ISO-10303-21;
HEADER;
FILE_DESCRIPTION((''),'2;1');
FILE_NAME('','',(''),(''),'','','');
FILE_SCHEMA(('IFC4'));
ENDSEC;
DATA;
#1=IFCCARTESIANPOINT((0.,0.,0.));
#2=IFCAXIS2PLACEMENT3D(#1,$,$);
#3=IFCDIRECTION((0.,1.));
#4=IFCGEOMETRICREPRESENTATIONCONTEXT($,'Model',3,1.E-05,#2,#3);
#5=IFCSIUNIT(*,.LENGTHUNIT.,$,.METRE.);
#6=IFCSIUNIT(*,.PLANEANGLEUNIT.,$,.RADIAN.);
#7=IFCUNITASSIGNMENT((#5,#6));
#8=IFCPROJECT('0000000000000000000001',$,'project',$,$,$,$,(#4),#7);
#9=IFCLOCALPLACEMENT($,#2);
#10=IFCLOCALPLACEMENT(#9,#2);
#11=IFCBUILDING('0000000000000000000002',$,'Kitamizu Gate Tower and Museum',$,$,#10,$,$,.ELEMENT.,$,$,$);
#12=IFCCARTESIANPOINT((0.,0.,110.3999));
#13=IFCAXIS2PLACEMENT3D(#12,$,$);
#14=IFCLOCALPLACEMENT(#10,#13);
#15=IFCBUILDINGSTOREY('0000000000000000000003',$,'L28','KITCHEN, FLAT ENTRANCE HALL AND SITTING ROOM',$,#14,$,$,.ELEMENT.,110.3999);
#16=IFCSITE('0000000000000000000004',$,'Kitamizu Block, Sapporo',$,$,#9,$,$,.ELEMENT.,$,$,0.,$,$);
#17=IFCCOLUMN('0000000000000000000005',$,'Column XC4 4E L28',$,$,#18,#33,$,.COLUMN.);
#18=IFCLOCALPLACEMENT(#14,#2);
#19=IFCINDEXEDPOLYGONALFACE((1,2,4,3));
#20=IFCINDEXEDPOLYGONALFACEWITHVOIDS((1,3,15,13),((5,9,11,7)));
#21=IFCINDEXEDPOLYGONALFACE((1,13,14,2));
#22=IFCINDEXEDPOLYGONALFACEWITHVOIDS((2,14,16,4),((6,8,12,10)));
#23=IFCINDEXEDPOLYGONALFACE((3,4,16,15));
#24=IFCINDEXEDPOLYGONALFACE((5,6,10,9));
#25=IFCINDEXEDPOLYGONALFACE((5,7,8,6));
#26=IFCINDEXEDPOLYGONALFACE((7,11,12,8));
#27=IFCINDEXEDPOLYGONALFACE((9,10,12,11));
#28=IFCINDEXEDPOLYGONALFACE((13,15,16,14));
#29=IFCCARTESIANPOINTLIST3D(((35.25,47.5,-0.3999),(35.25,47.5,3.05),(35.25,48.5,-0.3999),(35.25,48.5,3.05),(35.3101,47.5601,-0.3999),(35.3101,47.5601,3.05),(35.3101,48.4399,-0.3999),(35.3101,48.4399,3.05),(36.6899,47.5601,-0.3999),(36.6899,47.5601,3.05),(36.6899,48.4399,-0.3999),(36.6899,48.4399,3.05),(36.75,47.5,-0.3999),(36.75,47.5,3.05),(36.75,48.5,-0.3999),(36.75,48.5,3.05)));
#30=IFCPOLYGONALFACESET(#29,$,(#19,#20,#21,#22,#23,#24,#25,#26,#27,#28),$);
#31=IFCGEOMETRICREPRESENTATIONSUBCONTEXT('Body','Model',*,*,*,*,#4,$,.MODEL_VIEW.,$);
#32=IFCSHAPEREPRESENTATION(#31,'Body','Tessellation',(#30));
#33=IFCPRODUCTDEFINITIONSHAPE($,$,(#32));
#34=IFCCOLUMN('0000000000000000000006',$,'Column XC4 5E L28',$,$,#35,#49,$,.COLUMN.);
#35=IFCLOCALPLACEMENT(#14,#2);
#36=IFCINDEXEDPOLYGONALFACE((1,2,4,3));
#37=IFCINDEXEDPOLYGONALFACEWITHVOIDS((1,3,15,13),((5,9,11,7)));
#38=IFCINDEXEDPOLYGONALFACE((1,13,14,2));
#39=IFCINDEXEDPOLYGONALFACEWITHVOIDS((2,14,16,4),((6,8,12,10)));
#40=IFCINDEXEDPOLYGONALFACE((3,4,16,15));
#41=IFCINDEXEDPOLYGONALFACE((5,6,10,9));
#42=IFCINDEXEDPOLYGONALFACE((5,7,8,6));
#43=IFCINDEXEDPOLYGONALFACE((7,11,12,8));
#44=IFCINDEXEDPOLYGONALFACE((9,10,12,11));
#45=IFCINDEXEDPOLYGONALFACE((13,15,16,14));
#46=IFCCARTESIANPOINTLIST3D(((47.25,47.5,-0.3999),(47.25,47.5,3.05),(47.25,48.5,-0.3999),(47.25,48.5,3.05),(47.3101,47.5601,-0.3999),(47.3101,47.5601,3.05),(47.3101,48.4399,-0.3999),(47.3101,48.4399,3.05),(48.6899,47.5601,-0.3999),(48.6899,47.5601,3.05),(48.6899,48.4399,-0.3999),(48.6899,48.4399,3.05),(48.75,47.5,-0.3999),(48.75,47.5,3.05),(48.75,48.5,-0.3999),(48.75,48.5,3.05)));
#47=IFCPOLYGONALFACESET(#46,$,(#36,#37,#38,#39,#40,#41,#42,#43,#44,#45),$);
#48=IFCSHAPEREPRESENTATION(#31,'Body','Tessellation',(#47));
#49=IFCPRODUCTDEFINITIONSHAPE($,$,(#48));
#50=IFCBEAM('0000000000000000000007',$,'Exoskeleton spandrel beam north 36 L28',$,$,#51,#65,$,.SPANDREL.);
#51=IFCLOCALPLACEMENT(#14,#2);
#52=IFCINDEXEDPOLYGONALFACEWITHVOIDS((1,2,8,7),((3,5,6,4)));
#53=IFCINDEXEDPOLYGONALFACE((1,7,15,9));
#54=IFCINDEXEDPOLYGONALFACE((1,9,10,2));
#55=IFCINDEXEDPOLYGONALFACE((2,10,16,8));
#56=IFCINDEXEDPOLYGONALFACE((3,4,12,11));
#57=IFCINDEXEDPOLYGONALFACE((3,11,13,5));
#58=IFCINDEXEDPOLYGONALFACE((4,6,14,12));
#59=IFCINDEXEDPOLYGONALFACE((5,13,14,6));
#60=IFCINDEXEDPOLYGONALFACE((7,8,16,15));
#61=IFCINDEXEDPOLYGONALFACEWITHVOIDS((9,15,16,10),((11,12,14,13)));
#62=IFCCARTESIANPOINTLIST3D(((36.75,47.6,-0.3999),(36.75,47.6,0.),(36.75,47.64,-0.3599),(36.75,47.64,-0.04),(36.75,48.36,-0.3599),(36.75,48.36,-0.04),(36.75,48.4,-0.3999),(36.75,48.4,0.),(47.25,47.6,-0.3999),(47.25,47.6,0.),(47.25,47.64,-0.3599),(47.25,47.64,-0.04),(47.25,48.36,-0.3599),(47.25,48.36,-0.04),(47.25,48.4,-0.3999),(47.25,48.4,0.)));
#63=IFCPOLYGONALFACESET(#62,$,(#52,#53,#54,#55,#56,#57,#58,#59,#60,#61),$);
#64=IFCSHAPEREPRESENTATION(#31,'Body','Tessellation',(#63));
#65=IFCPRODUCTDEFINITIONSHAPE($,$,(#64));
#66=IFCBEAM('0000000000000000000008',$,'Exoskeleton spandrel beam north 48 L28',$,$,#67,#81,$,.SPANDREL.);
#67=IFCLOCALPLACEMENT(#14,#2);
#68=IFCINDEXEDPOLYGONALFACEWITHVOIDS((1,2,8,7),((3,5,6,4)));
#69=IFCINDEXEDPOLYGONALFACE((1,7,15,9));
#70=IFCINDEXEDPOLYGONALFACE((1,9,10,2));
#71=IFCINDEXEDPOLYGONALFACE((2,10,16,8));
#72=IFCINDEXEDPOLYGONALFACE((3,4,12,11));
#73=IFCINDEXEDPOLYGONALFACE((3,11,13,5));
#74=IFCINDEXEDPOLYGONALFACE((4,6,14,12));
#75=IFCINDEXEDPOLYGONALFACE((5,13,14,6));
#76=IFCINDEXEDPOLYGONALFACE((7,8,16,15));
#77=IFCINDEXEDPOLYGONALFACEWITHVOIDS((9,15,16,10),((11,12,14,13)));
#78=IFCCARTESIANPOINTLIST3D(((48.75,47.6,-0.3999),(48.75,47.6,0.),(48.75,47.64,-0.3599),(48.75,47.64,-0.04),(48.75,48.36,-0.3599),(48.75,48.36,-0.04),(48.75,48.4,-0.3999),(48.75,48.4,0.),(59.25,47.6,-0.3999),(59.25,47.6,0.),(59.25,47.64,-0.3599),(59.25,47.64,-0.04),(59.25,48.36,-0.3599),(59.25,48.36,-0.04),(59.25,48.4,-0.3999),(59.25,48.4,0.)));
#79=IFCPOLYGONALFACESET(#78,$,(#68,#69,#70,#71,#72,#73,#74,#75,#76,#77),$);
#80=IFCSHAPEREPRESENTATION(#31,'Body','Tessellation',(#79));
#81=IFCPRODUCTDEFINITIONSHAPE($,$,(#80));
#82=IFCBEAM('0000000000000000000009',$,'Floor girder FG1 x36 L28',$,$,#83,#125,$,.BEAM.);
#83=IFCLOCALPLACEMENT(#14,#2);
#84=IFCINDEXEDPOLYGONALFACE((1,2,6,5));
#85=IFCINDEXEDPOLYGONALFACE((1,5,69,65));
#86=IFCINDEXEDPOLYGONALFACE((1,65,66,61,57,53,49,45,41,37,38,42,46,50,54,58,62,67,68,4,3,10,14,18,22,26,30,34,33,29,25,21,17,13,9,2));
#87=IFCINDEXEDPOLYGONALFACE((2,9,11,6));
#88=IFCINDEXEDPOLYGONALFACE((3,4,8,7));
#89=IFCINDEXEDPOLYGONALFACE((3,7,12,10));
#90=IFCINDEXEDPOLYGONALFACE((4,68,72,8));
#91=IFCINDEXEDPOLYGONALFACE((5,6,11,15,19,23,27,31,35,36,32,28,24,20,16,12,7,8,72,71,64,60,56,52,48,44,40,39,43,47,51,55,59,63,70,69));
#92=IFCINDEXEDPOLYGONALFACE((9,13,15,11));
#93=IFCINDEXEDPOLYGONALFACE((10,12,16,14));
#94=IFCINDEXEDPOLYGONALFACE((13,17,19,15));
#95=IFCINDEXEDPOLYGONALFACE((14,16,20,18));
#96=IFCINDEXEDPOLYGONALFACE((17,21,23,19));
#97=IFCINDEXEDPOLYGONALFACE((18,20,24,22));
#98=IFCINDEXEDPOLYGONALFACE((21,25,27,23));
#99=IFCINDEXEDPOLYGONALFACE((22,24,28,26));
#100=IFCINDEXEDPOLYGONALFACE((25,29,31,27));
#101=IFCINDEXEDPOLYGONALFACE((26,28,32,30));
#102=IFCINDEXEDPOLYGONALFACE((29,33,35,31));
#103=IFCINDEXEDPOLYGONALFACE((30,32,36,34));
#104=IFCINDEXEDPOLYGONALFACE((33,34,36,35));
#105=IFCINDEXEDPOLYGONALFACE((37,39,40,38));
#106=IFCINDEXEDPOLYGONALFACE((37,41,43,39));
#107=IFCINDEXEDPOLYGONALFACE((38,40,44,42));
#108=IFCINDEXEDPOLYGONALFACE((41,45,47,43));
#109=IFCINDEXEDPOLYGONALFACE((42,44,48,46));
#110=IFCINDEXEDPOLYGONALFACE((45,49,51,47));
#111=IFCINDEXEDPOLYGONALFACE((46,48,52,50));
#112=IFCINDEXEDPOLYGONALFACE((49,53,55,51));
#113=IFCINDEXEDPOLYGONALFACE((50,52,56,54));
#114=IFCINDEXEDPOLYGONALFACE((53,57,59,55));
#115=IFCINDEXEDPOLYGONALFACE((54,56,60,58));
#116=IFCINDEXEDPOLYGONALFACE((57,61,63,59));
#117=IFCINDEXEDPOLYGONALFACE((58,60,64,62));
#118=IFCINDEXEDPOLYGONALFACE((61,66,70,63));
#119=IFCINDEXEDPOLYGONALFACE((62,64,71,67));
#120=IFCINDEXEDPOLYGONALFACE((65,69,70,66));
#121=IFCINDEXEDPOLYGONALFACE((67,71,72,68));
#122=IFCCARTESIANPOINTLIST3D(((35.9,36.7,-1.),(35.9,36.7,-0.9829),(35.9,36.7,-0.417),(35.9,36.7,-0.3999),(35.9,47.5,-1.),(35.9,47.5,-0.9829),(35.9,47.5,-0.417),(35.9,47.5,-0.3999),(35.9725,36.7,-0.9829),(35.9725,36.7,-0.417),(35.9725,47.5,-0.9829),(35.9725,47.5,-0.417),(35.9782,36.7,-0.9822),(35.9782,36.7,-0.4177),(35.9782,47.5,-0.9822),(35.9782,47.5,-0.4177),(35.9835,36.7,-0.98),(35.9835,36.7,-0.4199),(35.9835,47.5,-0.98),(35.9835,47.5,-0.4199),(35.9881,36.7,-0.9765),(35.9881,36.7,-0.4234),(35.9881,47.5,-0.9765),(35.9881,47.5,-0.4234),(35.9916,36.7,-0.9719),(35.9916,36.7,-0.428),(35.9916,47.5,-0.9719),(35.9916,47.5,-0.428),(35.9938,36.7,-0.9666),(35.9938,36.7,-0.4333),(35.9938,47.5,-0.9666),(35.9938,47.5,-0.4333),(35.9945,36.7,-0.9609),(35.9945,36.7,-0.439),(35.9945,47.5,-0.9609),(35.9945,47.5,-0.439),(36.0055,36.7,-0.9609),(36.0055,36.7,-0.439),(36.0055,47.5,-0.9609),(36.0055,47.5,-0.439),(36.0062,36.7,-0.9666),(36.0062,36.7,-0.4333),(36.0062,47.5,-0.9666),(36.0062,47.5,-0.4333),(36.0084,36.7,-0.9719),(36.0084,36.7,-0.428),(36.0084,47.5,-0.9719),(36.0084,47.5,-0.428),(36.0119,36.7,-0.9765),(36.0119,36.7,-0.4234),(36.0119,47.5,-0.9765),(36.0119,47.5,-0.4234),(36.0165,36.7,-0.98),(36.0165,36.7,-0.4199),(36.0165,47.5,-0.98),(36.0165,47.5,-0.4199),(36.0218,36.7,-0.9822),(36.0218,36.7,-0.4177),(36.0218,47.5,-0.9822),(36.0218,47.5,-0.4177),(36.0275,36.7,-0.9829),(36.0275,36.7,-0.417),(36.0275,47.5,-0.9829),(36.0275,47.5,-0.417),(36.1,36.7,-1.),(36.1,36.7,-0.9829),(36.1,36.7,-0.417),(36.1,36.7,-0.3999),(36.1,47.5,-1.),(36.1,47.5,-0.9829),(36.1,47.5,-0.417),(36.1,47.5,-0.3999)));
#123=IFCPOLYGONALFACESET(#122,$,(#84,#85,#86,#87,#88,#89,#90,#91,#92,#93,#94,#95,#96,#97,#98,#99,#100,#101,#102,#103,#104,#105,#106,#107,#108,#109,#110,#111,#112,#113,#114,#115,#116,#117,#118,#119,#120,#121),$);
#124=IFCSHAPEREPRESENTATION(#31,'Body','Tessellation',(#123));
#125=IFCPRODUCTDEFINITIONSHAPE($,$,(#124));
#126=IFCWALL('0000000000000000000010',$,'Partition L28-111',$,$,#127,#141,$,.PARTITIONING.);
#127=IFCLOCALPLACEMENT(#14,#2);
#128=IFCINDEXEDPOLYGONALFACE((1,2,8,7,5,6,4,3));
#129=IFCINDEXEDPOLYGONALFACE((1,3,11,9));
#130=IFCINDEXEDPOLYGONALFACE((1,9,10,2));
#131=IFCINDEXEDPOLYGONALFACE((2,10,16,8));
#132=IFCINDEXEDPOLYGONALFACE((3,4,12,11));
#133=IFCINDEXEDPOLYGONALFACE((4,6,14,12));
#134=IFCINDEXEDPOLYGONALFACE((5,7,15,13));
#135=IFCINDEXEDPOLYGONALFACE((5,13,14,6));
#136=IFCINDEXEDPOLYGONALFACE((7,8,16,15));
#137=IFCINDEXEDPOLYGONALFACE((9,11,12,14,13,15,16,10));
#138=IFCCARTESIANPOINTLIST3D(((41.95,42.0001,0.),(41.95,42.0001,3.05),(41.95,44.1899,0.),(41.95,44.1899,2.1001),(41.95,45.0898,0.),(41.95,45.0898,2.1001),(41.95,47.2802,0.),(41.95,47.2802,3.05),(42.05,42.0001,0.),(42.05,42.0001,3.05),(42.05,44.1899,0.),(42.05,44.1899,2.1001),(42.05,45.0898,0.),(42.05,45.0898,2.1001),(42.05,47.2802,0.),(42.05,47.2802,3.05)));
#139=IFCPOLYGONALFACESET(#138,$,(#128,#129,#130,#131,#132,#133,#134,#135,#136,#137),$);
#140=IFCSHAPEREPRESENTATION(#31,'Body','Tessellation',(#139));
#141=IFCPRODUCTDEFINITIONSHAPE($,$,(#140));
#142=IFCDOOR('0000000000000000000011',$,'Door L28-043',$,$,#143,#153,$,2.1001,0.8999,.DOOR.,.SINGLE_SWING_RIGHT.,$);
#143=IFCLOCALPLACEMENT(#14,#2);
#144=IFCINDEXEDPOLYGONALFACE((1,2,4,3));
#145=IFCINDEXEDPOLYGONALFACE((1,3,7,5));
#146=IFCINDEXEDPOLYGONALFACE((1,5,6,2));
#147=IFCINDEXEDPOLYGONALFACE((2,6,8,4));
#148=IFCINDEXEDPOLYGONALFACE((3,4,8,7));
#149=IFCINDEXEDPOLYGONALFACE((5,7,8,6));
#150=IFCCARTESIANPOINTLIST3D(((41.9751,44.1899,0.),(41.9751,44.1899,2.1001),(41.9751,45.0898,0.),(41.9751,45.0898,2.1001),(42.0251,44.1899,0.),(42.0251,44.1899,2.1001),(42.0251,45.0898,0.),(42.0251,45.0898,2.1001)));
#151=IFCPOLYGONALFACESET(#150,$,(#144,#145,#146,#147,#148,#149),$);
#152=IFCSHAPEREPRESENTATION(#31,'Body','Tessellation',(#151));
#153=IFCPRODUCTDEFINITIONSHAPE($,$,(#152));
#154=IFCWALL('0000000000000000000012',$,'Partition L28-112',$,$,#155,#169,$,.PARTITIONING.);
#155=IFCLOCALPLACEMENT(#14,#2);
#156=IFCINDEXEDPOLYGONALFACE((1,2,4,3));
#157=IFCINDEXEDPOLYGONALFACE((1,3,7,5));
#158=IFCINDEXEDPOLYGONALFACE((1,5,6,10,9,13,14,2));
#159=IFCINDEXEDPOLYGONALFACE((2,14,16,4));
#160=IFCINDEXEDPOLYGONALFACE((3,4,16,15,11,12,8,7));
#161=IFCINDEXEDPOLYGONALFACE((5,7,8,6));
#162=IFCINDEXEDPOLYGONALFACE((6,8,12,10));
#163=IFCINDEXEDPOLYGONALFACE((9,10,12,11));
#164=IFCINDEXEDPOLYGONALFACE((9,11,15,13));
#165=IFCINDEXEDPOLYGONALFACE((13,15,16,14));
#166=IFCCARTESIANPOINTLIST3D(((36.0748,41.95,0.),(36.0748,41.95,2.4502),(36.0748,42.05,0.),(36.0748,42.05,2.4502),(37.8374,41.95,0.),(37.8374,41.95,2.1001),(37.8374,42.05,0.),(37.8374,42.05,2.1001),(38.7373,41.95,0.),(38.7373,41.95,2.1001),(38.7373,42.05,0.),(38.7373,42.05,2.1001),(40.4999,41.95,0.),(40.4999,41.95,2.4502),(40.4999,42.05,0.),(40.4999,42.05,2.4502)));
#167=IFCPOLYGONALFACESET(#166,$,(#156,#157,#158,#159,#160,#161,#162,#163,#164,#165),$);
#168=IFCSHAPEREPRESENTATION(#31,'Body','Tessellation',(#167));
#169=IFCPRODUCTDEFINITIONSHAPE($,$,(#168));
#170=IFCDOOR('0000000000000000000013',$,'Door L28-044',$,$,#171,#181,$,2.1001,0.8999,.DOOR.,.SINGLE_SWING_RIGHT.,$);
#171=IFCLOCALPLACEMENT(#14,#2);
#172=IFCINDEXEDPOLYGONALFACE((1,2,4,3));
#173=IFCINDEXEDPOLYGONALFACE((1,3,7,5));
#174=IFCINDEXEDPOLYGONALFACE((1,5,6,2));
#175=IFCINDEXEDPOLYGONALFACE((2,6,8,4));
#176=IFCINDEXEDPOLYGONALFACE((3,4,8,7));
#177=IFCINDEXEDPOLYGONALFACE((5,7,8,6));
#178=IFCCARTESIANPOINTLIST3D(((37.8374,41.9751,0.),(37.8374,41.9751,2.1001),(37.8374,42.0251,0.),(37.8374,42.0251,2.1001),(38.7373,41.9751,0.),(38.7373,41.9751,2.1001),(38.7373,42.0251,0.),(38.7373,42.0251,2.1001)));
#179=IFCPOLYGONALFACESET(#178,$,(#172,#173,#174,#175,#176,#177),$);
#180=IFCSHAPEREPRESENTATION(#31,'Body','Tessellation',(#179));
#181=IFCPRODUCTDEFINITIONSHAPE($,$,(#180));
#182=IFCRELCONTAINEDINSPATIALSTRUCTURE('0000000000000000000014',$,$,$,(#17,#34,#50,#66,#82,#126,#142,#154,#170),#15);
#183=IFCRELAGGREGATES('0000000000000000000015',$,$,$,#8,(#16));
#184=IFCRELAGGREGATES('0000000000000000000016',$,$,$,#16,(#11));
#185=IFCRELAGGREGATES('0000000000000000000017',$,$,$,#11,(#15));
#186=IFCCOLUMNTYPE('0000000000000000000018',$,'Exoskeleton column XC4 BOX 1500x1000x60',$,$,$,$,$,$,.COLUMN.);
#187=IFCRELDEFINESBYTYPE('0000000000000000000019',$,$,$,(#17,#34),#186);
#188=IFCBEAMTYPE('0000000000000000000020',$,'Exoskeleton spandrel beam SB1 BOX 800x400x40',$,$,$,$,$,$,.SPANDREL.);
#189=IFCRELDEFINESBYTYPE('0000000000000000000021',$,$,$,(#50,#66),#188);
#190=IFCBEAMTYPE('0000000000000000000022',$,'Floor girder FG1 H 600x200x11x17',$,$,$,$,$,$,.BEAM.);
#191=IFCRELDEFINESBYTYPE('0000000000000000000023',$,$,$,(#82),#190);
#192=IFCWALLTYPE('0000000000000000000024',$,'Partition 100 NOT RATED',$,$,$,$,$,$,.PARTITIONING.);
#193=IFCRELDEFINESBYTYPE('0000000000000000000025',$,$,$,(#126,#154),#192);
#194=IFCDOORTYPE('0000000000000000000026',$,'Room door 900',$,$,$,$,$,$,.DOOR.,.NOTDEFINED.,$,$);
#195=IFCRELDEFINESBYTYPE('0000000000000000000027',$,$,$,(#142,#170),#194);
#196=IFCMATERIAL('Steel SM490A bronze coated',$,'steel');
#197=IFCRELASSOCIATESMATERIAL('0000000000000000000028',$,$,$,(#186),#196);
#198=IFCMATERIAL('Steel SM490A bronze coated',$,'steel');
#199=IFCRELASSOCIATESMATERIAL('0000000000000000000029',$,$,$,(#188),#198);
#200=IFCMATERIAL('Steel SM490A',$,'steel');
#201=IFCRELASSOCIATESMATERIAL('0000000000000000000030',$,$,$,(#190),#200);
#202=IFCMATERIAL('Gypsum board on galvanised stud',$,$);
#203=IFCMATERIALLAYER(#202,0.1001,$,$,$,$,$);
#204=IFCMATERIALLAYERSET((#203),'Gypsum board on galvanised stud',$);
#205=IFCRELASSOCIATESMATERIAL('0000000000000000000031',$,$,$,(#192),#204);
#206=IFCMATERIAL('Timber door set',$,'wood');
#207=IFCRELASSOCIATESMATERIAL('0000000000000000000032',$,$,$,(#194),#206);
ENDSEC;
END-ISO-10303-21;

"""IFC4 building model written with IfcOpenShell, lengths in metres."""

from ifc_helpers import new_model, si_unit, direction, frame, frame_2d, origin, origin_2d, place, context, subcontext, project, spatial, rectangle, hollow_rectangle, i_section, extrude, material, layer, layer_set, material_profile, profile_set, type_object, element, fill, save


model = new_model("IFC4")

# Units and contexts
model_context = context("Model", 3, precision=1e-05, world=origin(), true_north=direction((0.0, 1.0)))
body_context = subcontext(model_context, "Body", "Model", "MODEL_VIEW")
ifc_project = project(units=[si_unit("LENGTHUNIT", "METRE"), si_unit("PLANEANGLEUNIT", "RADIAN")], contexts=[model_context])

# Site, building, storey
site_placement = place(None, origin())
site = spatial("IfcSite", under=ifc_project, at=site_placement, Name="Kitamizu Block, Sapporo", CompositionType="ELEMENT", RefElevation=0.0)
building_placement = place(site_placement, origin())
building = spatial("IfcBuilding", under=site, at=building_placement, Name="Kitamizu Gate Tower and Museum", CompositionType="ELEMENT")
storey_placement = place(building_placement, frame((0.0, 0.0, 110.3999)))
storey = spatial("IfcBuildingStorey", under=building, at=storey_placement, Name="L28", Description="KITCHEN, FLAT ENTRANCE HALL AND SITTING ROOM", CompositionType="ELEMENT", Elevation=110.3999)

# Columns
ifc_material_1 = material(Name="Steel SM490A bronze coated", Category="steel")
ifc_material_profile_1 = material_profile(ifc_material_1, hollow_rectangle(XDim=1.5, YDim=1.0, WallThickness=0.0601, at=origin_2d()), Name="BOX 1500x1000x60")
ifc_profile_set_1 = profile_set([ifc_material_profile_1], Name="Steel SM490A bronze coated")
column_type = type_object("IfcColumnType", Name="Exoskeleton column XC4 BOX 1500x1000x60", PredefinedType="COLUMN", material=ifc_profile_set_1)
for number, where, z_axis, x_axis, name in (
    (1, (36.0, 48.0, -0.3999), (0.0, 0.0, 1.0), (1.0, 0.0, 0.0), "Column XC4 4E L28"),
    (2, (48.0, 48.0, -0.3999), (0.0, 0.0, 1.0), (1.0, 0.0, 0.0), "Column XC4 5E L28"),
):
    element("IfcColumn", number, at=place(storey_placement, frame(where, z_axis=z_axis, x_axis=x_axis)), inside=storey, type_object=column_type, Name=name, PredefinedType="COLUMN", context=body_context, shape_type="SweptSolid", body=[
        extrude(hollow_rectangle(XDim=1.5, YDim=1.0, WallThickness=0.0601, at=origin_2d()), origin(), (0.0, 0.0, 1.0), 3.45),
    ])

# Beams
ifc_material_2 = material(Name="Steel SM490A bronze coated", Category="steel")
ifc_material_profile_2 = material_profile(ifc_material_2, hollow_rectangle(XDim=0.8, YDim=0.3999, WallThickness=0.04, at=origin_2d()), Name="BOX 800x400x40")
ifc_profile_set_2 = profile_set([ifc_material_profile_2], Name="Steel SM490A bronze coated")
beam_type_1 = type_object("IfcBeamType", Name="Exoskeleton spandrel beam SB1 BOX 800x400x40", PredefinedType="SPANDREL", material=ifc_profile_set_2)
for number, where, z_axis, x_axis, name in (
    (3, (36.75, 48.0, -0.2), (1.0, 0.0, 0.0), (0.0, 1.0, 0.0), "Exoskeleton spandrel beam north 36 L28"),
    (4, (48.75, 48.0, -0.2), (1.0, 0.0, 0.0), (0.0, 1.0, 0.0), "Exoskeleton spandrel beam north 48 L28"),
):
    element("IfcBeam", number, at=place(storey_placement, frame(where, z_axis=z_axis, x_axis=x_axis)), inside=storey, type_object=beam_type_1, Name=name, PredefinedType="SPANDREL", context=body_context, shape_type="SweptSolid", body=[
        extrude(hollow_rectangle(XDim=0.8, YDim=0.3999, WallThickness=0.04, at=origin_2d()), origin(), (0.0, 0.0, 1.0), 10.5),
    ])
ifc_material_3 = material(Name="Steel SM490A", Category="steel")
ifc_material_profile_3 = material_profile(ifc_material_3, i_section(OverallWidth=0.2, OverallDepth=0.6001, WebThickness=0.011, FlangeThickness=0.0171, FilletRadius=0.022, at=origin_2d()), Name="H-600x200x11x17")
ifc_profile_set_3 = profile_set([ifc_material_profile_3], Name="Steel SM490A")
beam_type_2 = type_object("IfcBeamType", Name="Floor girder FG1 H 600x200x11x17", PredefinedType="BEAM", material=ifc_profile_set_3)
beam_placement = place(storey_placement, frame((36.0, 36.7, -0.7), z_axis=(0.0, 1.0, 0.0), x_axis=(-1.0, 0.0, 0.0)))
element("IfcBeam", 5, at=beam_placement, inside=storey, type_object=beam_type_2, Name="Floor girder FG1 x36 L28", PredefinedType="BEAM", context=body_context, shape_type="SweptSolid", body=[
    extrude(i_section(OverallWidth=0.2, OverallDepth=0.6001, WebThickness=0.011, FlangeThickness=0.0171, FilletRadius=0.022, at=origin_2d()), origin(), (0.0, 0.0, 1.0), 10.8),
])

# Walls, openings, doors
ifc_material_4 = material(Name="Gypsum board on galvanised stud")
ifc_layer_1 = layer(ifc_material_4, 0.1001)
ifc_layer_set_1 = layer_set([ifc_layer_1], Name="Gypsum board on galvanised stud")
wall_type_1 = type_object("IfcWallType", Name="Partition 100 NOT RATED", PredefinedType="PARTITIONING", material=ifc_layer_set_1)
wall_1_placement = place(storey_placement, frame((42.0, 42.0, 0.0), z_axis=(0.0, 0.0, 1.0), x_axis=(0.0, 1.0, 0.0)))
wall_1 = element("IfcWall", 6, at=wall_1_placement, inside=storey, type_object=wall_type_1, Name="Partition L28-111", PredefinedType="PARTITIONING", context=body_context, shape_type="SweptSolid", body=[
    extrude(rectangle(XDim=5.28, YDim=0.1001, at=frame_2d((2.6401, 0.0))), origin(), (0.0, 0.0, 1.0), 3.05),
])
opening_1_placement = place(wall_1_placement, frame((2.1899, 0.0, 0.0)))
opening_1 = element("IfcOpeningElement", 7, at=opening_1_placement, cuts=wall_1, PredefinedType="OPENING", context=body_context, shape_type="SweptSolid", body=[
    extrude(rectangle(XDim=0.8999, YDim=2.1001, at=frame_2d((0.45, 1.05))), frame((0.0, 0.0601, 0.0), z_axis=(0.0, -1.0, 0.0), x_axis=(1.0, 0.0, 0.0)), (0.0, 0.0, 1.0), 0.1201),
])
ifc_material_5 = material(Name="Timber door set", Category="wood")
door_type_1 = type_object("IfcDoorType", Name="Room door 900", OperationType="NOTDEFINED", PredefinedType="DOOR", material=ifc_material_5)
door_1_placement = place(opening_1_placement, origin())
door_1 = element("IfcDoor", 8, at=door_1_placement, inside=storey, type_object=door_type_1, Name="Door L28-043", OperationType="SINGLE_SWING_RIGHT", OverallHeight=2.1001, OverallWidth=0.8999, PredefinedType="DOOR", context=body_context, shape_type="SweptSolid", body=[
    extrude(rectangle(XDim=0.8999, YDim=2.1001, at=frame_2d((0.45, 1.05))), frame((0.0, 0.0249, 0.0), z_axis=(0.0, -1.0, 0.0), x_axis=(1.0, 0.0, 0.0)), (0.0, 0.0, 1.0), 0.05),
])
fill(opening_1, door_1)
wall_2_placement = place(storey_placement, frame((36.075, 42.0, 0.0), z_axis=(0.0, 0.0, 1.0), x_axis=(1.0, 0.0, 0.0)))
wall_2 = element("IfcWall", 9, at=wall_2_placement, inside=storey, type_object=wall_type_1, Name="Partition L28-112", PredefinedType="PARTITIONING", context=body_context, shape_type="SweptSolid", body=[
    extrude(rectangle(XDim=4.425, YDim=0.1001, at=frame_2d((2.2124, 0.0))), origin(), (0.0, 0.0, 1.0), 2.4502),
])
opening_2_placement = place(wall_2_placement, frame((1.7625, 0.0, 0.0)))
opening_2 = element("IfcOpeningElement", 10, at=opening_2_placement, cuts=wall_2, PredefinedType="OPENING", context=body_context, shape_type="SweptSolid", body=[
    extrude(rectangle(XDim=0.8999, YDim=2.1001, at=frame_2d((0.45, 1.05))), frame((0.0, 0.0601, 0.0), z_axis=(0.0, -1.0, 0.0), x_axis=(1.0, 0.0, 0.0)), (0.0, 0.0, 1.0), 0.1201),
])
door_2_placement = place(opening_2_placement, frame((0.8999, 0.0, 0.0), x_axis=(-1.0, 0.0, 0.0)))
door_2 = element("IfcDoor", 11, at=door_2_placement, inside=storey, type_object=door_type_1, Name="Door L28-044", OperationType="SINGLE_SWING_RIGHT", OverallHeight=2.1001, OverallWidth=0.8999, PredefinedType="DOOR", context=body_context, shape_type="SweptSolid", body=[
    extrude(rectangle(XDim=0.8999, YDim=2.1001, at=frame_2d((0.45, 1.05))), frame((0.0, 0.0249, 0.0), z_axis=(0.0, -1.0, 0.0), x_axis=(1.0, 0.0, 0.0)), (0.0, 0.0, 1.0), 0.05),
])
fill(opening_2, door_2)

save(model, "model.ifc")
